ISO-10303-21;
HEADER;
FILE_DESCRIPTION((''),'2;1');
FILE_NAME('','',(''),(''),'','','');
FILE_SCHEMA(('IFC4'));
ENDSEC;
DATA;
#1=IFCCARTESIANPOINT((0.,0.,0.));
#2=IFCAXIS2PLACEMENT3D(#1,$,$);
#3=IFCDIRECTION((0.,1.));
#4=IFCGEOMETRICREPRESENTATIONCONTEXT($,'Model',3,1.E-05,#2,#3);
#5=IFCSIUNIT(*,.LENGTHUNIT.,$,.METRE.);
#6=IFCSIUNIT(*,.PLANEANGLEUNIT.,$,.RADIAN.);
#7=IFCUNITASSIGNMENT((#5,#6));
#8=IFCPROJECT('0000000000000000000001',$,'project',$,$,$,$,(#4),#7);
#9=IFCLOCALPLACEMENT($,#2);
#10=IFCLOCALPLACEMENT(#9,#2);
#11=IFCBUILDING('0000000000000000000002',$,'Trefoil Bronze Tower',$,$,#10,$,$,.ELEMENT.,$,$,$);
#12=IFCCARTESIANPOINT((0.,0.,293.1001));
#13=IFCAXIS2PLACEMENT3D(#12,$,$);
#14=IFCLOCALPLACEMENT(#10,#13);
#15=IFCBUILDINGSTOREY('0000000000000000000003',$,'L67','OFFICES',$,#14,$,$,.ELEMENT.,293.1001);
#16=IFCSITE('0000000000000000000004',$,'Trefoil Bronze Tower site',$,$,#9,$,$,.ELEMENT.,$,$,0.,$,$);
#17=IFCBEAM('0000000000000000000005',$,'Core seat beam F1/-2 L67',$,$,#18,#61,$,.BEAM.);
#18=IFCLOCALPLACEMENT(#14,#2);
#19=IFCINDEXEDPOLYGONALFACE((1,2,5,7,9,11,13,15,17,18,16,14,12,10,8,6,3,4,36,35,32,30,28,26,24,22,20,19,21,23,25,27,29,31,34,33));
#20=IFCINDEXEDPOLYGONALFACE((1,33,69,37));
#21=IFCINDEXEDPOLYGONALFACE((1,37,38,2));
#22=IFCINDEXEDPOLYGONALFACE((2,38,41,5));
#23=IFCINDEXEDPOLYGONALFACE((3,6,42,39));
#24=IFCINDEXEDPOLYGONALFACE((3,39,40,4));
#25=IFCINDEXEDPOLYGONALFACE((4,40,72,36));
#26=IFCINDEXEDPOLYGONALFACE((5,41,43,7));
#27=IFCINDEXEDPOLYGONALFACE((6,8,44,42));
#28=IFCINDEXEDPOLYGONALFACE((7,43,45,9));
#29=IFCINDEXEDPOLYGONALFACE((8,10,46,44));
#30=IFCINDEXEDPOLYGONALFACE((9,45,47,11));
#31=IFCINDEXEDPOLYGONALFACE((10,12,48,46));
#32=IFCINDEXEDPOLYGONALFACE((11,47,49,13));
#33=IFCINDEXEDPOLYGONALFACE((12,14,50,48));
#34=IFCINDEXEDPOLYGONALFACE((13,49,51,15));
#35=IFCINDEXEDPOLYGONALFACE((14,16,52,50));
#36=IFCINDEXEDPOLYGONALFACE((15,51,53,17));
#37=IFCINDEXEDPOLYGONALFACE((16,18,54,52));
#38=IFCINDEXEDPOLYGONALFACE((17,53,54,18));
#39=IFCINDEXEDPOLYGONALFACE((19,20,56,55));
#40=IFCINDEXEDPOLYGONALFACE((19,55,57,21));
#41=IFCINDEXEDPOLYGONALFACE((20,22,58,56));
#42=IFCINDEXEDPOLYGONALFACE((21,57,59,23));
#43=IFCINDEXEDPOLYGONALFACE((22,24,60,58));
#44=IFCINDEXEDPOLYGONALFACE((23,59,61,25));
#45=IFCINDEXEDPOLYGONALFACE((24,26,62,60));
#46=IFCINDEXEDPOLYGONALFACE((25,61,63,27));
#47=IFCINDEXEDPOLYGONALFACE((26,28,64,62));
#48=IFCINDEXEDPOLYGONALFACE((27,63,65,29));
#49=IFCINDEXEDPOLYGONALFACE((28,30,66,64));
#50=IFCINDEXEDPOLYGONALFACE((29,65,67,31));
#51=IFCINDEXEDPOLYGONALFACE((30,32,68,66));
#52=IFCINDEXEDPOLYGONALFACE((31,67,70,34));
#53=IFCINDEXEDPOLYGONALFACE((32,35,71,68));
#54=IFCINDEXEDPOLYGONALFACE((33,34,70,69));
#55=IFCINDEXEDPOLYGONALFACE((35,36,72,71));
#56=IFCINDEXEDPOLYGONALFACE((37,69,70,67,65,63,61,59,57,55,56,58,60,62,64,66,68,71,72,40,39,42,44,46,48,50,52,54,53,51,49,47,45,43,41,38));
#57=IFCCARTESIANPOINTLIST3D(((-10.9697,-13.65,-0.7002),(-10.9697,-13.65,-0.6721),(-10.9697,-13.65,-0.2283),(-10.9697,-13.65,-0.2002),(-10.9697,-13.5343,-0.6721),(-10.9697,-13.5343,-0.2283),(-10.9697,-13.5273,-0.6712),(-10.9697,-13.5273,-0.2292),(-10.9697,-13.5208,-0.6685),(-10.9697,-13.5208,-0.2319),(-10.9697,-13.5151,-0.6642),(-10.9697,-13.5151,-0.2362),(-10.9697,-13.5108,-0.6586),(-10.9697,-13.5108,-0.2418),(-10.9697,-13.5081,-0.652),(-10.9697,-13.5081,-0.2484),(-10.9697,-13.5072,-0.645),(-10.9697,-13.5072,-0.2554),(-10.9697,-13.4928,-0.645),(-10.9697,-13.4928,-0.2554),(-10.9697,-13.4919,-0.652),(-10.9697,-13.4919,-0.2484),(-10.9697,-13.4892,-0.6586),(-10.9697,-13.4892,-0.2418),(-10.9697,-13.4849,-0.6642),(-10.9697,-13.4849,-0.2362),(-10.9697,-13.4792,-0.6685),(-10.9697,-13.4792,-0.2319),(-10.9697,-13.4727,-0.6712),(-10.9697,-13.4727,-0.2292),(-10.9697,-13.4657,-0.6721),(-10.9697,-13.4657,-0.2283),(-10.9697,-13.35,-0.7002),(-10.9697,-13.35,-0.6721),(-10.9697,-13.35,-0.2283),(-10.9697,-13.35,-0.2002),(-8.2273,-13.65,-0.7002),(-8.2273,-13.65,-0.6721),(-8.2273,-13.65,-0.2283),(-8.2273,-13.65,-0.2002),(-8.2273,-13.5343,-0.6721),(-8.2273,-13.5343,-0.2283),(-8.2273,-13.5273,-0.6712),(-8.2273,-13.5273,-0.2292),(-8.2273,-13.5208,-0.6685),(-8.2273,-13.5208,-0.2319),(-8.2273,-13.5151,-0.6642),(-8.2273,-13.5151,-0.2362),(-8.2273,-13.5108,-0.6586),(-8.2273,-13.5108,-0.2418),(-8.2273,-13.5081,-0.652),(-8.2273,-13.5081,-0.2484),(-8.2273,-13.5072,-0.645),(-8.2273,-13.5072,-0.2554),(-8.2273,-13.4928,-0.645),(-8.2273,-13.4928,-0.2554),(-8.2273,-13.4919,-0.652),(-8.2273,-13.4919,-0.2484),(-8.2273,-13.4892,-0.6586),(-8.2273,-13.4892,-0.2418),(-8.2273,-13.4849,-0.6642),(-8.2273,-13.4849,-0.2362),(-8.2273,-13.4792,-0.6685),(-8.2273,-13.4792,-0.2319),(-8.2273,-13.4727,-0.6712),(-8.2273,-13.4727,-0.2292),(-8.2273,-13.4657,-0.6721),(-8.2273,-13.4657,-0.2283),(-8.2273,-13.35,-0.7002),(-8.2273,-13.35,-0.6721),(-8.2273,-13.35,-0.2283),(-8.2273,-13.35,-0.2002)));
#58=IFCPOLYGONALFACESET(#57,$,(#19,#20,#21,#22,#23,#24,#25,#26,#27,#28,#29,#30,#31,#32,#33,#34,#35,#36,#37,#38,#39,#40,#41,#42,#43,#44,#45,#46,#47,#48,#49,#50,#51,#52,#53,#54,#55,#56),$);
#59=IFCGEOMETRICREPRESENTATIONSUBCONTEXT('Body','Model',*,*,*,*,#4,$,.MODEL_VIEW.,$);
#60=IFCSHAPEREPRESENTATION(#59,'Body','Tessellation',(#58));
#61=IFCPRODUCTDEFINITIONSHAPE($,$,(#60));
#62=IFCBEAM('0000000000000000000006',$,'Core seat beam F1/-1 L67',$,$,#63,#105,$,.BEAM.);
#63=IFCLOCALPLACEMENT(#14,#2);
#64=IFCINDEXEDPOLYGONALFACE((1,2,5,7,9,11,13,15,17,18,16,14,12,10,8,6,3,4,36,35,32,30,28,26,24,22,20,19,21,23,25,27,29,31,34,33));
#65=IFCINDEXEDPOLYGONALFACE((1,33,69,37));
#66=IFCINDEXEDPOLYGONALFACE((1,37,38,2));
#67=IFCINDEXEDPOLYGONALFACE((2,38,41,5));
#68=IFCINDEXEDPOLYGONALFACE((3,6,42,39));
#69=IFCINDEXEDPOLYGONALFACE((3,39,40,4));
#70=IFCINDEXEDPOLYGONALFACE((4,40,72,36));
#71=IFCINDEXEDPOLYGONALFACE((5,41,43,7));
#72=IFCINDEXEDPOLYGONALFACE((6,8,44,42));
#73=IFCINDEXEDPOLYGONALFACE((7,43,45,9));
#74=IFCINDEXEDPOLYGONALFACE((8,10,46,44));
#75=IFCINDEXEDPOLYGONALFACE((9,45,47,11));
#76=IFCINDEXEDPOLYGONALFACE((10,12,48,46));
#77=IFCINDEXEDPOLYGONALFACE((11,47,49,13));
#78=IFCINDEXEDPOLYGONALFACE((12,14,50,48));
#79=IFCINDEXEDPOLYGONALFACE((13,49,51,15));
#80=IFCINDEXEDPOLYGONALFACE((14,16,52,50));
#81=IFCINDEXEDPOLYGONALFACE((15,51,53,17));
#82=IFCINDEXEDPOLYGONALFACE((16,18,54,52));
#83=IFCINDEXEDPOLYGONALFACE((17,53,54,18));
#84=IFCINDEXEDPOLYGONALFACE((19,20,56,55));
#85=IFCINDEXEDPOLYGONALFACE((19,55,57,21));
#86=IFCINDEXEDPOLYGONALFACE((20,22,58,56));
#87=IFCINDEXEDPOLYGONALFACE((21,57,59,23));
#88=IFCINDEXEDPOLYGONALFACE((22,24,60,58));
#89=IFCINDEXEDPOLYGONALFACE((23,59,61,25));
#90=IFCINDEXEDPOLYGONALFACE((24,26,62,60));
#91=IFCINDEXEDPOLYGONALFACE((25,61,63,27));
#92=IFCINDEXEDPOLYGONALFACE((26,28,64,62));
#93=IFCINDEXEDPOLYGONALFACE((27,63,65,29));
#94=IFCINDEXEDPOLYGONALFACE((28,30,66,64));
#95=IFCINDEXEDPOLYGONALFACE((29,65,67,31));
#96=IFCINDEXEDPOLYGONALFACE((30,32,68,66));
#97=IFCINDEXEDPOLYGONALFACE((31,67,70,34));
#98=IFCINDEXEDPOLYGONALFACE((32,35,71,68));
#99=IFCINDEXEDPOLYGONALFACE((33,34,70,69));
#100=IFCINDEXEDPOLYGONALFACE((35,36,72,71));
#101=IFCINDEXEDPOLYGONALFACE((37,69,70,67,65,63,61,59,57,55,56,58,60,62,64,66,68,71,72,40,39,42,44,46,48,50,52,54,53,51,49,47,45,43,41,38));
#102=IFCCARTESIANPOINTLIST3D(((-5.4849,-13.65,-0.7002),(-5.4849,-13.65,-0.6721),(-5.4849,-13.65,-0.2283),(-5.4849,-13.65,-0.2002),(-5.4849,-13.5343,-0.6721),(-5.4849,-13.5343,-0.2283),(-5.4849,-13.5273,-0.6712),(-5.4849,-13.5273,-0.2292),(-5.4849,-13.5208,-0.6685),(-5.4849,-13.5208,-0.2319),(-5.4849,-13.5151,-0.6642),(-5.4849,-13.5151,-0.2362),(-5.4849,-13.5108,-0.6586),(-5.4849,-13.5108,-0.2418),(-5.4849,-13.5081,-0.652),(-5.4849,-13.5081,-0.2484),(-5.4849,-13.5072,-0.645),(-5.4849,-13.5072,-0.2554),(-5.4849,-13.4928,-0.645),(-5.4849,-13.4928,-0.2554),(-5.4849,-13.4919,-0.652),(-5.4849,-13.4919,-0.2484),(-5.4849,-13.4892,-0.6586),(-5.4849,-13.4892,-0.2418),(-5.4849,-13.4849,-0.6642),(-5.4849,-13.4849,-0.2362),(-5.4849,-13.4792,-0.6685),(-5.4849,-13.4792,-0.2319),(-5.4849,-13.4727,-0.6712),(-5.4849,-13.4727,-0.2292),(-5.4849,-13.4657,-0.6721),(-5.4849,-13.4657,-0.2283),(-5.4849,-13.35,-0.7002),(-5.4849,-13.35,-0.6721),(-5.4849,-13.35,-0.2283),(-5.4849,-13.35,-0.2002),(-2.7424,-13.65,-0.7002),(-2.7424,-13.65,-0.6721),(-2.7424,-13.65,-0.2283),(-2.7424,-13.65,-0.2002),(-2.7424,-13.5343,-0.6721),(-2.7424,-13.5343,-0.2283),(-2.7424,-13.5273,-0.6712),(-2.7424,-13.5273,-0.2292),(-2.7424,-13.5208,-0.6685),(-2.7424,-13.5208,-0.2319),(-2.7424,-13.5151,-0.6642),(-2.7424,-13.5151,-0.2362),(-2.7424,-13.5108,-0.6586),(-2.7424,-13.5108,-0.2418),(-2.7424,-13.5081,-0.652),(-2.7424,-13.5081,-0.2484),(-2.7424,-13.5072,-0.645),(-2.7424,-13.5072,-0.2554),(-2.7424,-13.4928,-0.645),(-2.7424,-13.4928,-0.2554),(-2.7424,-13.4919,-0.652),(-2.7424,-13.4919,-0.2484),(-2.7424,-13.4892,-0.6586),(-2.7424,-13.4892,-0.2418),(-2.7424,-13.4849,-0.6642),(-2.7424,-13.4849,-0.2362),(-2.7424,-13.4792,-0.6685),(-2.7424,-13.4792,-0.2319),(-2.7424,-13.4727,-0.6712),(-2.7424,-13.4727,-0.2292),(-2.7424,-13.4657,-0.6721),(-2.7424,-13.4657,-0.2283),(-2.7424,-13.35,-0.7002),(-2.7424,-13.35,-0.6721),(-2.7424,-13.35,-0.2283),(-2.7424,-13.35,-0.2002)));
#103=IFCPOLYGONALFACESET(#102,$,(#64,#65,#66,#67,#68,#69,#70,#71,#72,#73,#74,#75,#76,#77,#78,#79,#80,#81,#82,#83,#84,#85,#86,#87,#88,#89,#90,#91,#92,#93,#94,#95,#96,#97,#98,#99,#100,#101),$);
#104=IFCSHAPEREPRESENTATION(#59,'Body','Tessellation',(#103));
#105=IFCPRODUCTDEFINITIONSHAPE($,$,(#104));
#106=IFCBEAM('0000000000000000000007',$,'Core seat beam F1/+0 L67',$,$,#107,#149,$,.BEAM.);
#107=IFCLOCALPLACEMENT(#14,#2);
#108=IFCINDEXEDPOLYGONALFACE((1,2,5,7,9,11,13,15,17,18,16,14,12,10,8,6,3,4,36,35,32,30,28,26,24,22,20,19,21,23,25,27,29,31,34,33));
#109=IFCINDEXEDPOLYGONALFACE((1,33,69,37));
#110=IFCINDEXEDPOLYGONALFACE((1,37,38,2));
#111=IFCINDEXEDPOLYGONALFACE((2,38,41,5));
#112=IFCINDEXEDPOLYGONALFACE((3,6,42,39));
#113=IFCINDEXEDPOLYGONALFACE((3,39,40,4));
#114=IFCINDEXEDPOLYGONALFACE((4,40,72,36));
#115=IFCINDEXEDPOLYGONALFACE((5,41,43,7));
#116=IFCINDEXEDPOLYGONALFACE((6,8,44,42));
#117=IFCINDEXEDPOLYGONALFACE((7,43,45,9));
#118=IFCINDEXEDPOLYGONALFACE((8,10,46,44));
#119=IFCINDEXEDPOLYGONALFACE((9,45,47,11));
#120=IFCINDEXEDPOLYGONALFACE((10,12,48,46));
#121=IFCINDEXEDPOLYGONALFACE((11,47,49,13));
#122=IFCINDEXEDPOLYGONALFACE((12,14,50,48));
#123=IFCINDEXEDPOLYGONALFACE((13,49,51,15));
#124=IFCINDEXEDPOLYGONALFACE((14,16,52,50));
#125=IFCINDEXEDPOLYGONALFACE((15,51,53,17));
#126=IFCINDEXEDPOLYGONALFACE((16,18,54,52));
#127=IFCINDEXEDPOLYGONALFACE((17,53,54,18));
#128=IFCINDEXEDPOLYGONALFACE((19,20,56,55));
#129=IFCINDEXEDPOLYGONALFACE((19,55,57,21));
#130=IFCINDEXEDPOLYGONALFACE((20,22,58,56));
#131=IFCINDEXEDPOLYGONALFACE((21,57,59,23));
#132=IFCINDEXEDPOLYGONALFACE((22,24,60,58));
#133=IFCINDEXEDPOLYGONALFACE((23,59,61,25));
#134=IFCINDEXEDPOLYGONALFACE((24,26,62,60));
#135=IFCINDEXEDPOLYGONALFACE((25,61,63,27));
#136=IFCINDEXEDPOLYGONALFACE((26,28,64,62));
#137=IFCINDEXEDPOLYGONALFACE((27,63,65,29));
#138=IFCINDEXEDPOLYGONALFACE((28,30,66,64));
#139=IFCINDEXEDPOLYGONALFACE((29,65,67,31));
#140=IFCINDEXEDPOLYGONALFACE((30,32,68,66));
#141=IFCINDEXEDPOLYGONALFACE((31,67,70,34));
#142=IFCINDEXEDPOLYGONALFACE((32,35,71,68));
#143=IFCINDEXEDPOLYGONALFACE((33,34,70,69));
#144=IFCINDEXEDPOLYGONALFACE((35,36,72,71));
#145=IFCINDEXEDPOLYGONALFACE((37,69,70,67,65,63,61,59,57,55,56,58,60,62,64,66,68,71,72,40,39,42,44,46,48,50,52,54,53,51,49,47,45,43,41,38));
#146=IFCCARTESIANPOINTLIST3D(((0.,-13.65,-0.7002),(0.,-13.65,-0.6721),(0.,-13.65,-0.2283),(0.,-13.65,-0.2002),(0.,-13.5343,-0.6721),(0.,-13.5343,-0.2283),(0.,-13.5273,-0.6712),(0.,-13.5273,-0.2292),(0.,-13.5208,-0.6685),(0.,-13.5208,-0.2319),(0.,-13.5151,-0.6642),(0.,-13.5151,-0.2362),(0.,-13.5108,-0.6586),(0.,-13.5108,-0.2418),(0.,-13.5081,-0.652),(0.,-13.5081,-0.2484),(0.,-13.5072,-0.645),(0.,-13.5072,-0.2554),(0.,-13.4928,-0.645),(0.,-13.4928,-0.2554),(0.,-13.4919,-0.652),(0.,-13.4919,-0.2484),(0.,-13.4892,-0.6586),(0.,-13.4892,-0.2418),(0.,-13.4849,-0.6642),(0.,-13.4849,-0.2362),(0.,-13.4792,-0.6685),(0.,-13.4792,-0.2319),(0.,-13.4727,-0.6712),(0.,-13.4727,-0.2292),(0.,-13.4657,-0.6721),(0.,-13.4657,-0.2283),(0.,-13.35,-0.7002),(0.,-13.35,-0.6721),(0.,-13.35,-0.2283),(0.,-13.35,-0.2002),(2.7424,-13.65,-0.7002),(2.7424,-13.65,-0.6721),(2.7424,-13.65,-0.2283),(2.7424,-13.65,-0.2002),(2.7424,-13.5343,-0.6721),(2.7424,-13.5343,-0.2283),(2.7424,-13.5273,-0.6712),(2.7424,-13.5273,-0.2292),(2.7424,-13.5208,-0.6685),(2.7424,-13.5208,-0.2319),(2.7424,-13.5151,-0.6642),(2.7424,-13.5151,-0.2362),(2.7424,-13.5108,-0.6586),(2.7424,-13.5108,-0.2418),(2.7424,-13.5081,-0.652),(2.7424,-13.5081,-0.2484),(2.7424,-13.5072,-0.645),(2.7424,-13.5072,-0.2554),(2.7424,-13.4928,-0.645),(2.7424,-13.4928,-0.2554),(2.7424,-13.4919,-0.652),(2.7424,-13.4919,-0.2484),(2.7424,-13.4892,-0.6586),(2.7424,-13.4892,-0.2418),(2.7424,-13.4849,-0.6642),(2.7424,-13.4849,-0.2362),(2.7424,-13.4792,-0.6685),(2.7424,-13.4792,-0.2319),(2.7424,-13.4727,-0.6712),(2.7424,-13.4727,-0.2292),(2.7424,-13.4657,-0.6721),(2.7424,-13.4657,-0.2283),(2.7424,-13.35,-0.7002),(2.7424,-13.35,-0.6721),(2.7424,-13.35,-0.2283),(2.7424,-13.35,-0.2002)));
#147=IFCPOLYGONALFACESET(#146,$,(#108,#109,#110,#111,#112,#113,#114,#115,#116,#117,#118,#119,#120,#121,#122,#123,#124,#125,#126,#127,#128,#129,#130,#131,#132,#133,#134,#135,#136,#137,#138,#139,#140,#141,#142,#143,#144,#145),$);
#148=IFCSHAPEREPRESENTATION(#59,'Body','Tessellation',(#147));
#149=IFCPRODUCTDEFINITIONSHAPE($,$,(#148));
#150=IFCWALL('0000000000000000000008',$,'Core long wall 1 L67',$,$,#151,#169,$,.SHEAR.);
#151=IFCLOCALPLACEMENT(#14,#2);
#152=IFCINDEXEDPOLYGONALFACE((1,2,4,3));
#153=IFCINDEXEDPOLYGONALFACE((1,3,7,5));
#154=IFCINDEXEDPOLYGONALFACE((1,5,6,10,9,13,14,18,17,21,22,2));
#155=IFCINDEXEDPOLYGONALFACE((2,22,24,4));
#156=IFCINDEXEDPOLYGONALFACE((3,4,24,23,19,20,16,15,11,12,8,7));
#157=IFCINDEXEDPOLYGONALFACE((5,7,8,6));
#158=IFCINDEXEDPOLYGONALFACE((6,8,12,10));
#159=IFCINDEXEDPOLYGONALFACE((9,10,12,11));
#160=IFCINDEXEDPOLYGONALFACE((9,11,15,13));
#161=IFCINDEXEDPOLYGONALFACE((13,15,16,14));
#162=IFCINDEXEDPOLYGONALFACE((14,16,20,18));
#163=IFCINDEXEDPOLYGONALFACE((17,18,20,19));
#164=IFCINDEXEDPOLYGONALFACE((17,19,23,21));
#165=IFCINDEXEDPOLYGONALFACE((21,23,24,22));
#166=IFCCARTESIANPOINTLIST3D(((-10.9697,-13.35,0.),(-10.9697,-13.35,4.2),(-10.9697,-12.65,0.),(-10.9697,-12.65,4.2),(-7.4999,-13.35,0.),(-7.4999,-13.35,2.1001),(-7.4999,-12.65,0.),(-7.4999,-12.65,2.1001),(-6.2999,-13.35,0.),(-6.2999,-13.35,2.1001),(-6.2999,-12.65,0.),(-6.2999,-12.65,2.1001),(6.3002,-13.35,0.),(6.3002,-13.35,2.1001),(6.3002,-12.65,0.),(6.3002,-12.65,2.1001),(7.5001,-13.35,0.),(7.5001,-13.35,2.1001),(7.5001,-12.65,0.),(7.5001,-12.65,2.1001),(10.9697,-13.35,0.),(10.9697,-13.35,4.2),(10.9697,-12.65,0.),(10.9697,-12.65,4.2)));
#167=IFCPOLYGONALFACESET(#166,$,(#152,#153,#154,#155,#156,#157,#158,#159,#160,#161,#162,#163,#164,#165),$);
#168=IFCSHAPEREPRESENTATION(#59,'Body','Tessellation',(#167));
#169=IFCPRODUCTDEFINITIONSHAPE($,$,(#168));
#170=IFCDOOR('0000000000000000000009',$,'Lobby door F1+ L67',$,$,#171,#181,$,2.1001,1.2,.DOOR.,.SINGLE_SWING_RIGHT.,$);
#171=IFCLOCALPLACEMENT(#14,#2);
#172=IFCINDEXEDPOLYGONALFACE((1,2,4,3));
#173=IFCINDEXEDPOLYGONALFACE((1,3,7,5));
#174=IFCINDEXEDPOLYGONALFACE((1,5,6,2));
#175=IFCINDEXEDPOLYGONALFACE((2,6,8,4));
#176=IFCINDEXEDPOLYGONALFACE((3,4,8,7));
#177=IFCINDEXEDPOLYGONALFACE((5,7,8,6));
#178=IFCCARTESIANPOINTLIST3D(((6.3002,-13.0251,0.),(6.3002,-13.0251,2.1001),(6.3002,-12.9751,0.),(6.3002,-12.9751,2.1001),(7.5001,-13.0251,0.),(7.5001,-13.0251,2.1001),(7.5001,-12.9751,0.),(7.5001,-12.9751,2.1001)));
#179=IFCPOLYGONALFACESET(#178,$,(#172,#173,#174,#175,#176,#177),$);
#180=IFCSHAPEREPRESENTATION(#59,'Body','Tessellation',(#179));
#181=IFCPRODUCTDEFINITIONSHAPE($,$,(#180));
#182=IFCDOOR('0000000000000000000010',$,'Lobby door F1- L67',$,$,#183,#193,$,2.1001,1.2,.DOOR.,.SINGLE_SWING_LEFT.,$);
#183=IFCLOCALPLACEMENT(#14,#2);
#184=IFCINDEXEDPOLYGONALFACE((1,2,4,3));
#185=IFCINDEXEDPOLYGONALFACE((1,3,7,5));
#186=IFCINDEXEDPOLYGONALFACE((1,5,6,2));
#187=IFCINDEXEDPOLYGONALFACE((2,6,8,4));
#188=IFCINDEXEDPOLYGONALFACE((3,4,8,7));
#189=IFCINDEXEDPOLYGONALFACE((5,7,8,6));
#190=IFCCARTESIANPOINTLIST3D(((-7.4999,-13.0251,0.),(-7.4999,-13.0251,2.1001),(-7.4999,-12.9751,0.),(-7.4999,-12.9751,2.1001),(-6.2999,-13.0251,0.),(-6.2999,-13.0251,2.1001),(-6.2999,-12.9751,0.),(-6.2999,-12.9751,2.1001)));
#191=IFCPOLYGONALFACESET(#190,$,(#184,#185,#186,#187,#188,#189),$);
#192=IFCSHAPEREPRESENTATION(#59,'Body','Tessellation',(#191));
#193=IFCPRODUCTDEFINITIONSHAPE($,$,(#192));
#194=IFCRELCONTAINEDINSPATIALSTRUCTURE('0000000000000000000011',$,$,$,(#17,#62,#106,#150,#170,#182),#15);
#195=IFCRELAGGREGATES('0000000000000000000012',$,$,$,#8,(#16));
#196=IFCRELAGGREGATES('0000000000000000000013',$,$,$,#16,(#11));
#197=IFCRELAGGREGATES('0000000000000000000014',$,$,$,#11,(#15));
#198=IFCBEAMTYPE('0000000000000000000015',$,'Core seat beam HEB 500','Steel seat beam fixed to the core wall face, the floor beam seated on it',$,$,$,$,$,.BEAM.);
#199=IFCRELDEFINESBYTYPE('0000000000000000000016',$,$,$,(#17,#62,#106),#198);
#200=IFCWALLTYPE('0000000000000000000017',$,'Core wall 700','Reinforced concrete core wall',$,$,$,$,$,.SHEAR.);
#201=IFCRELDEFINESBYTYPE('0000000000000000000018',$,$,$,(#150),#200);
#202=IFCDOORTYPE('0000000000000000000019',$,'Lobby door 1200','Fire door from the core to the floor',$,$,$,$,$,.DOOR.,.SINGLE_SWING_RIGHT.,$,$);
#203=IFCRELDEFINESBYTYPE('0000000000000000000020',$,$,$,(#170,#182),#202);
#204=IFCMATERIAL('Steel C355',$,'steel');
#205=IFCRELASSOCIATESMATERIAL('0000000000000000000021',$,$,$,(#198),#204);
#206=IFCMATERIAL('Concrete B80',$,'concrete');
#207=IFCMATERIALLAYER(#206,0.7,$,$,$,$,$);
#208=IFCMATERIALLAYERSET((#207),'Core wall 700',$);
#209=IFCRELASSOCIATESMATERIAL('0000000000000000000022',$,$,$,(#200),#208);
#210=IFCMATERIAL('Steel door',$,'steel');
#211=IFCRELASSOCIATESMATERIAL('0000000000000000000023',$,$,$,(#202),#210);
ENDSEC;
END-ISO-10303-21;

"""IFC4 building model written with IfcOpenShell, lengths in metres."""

from ifc_helpers import new_model, si_unit, direction, frame, frame_2d, origin, origin_2d, place, context, subcontext, project, spatial, rectangle, i_section, extrude, material, layer, layer_set, material_profile, profile_set, type_object, element, fill, save


model = new_model("IFC4")

# Units and contexts
model_context = context("Model", 3, precision=1e-05, world=origin(), true_north=direction((0.0, 1.0)))
body_context = subcontext(model_context, "Body", "Model", "MODEL_VIEW")
ifc_project = project(units=[si_unit("LENGTHUNIT", "METRE"), si_unit("PLANEANGLEUNIT", "RADIAN")], contexts=[model_context])

# Site, building, storey
site_placement = place(None, origin())
site = spatial("IfcSite", under=ifc_project, at=site_placement, Name="Trefoil Bronze Tower site", CompositionType="ELEMENT", RefElevation=0.0)
building_placement = place(site_placement, origin())
building = spatial("IfcBuilding", under=site, at=building_placement, Name="Trefoil Bronze Tower", CompositionType="ELEMENT")
storey_placement = place(building_placement, frame((0.0, 0.0, 293.1001)))
storey = spatial("IfcBuildingStorey", under=building, at=storey_placement, Name="L67", Description="OFFICES", CompositionType="ELEMENT", Elevation=293.1001)

# Beams
ifc_material_1 = material(Name="Steel C355", Category="steel")
ifc_material_profile = material_profile(ifc_material_1, i_section(OverallWidth=0.3, OverallDepth=0.5, WebThickness=0.0144, FlangeThickness=0.0281, FilletRadius=0.0271, at=origin_2d()), Name="HEB 500")
ifc_profile_set = profile_set([ifc_material_profile], Name="Steel C355")
beam_type = type_object("IfcBeamType", Name="Core seat beam HEB 500", Description="Steel seat beam fixed to the core wall face, the floor beam seated on it", PredefinedType="BEAM", material=ifc_profile_set)
for number, where, z_axis, x_axis, name in (
    (1, (-10.9697, -13.5, -0.4502), (1.0, 0.0, 0.0), (0.0, 1.0, 0.0), "Core seat beam F1/-2 L67"),
    (2, (-5.4849, -13.5, -0.4502), (1.0, 0.0, 0.0), (0.0, 1.0, 0.0), "Core seat beam F1/-1 L67"),
    (3, (0.0, -13.5, -0.4502), (1.0, 0.0, 0.0), (0.0, 1.0, 0.0), "Core seat beam F1/+0 L67"),
):
    element("IfcBeam", number, at=place(storey_placement, frame(where, z_axis=z_axis, x_axis=x_axis)), inside=storey, type_object=beam_type, Name=name, PredefinedType="BEAM", context=body_context, shape_type="SweptSolid", body=[
        extrude(i_section(OverallWidth=0.3, OverallDepth=0.5, WebThickness=0.0144, FlangeThickness=0.0281, FilletRadius=0.0271, at=origin_2d()), origin(), (0.0, 0.0, 1.0), 2.7424),
    ])

# Wall, openings, doors
ifc_material_2 = material(Name="Concrete B80", Category="concrete")
ifc_layer_1 = layer(ifc_material_2, 0.7)
ifc_layer_set_1 = layer_set([ifc_layer_1], Name="Core wall 700")
wall_type_1 = type_object("IfcWallType", Name="Core wall 700", Description="Reinforced concrete core wall", PredefinedType="SHEAR", material=ifc_layer_set_1)
wall_1_placement = place(storey_placement, frame((-10.9697, -13.0, 0.0), z_axis=(0.0, 0.0, 1.0), x_axis=(1.0, 0.0, 0.0)))
wall_1 = element("IfcWall", 4, at=wall_1_placement, inside=storey, type_object=wall_type_1, Name="Core long wall 1 L67", PredefinedType="SHEAR", context=body_context, shape_type="SweptSolid", body=[
    extrude(rectangle(XDim=21.9395, YDim=0.7, at=frame_2d((10.9697, 0.0))), origin(), (0.0, 0.0, 1.0), 4.2),
])
opening_1_placement = place(wall_1_placement, frame((17.2698, 0.0, 0.0)))
opening_1 = element("IfcOpeningElement", 5, at=opening_1_placement, cuts=wall_1, PredefinedType="OPENING", context=body_context, shape_type="SweptSolid", body=[
    extrude(rectangle(XDim=1.2, YDim=2.1001, at=frame_2d((0.6001, 1.05))), frame((0.0, 0.3599, 0.0), z_axis=(0.0, -1.0, 0.0), x_axis=(1.0, 0.0, 0.0)), (0.0, 0.0, 1.0), 0.72),
])
opening_2_placement = place(wall_1_placement, frame((3.4697, 0.0, 0.0)))
opening_2 = element("IfcOpeningElement", 6, at=opening_2_placement, cuts=wall_1, PredefinedType="OPENING", context=body_context, shape_type="SweptSolid", body=[
    extrude(rectangle(XDim=1.2, YDim=2.1001, at=frame_2d((0.6001, 1.05))), frame((0.0, 0.3599, 0.0), z_axis=(0.0, -1.0, 0.0), x_axis=(1.0, 0.0, 0.0)), (0.0, 0.0, 1.0), 0.72),
])
ifc_material_3 = material(Name="Steel door", Category="steel")
door_type_1 = type_object("IfcDoorType", Name="Lobby door 1200", Description="Fire door from the core to the floor", OperationType="SINGLE_SWING_RIGHT", PredefinedType="DOOR", material=ifc_material_3)
door_1_placement = place(opening_1_placement, origin())
door_1 = element("IfcDoor", 7, at=door_1_placement, inside=storey, type_object=door_type_1, Name="Lobby door F1+ L67", OperationType="SINGLE_SWING_RIGHT", OverallHeight=2.1001, OverallWidth=1.2, PredefinedType="DOOR", context=body_context, shape_type="SweptSolid", body=[
    extrude(rectangle(XDim=1.2, YDim=2.1001, at=frame_2d((0.6001, 1.05))), frame((0.0, 0.0249, 0.0), z_axis=(0.0, -1.0, 0.0), x_axis=(1.0, 0.0, 0.0)), (0.0, 0.0, 1.0), 0.05),
])
fill(opening_1, door_1)
door_2_placement = place(opening_2_placement, origin())
door_2 = element("IfcDoor", 8, at=door_2_placement, inside=storey, type_object=door_type_1, Name="Lobby door F1- L67", OperationType="SINGLE_SWING_LEFT", OverallHeight=2.1001, OverallWidth=1.2, PredefinedType="DOOR", context=body_context, shape_type="SweptSolid", body=[
    extrude(rectangle(XDim=1.2, YDim=2.1001, at=frame_2d((0.6001, 1.05))), frame((0.0, 0.0249, 0.0), z_axis=(0.0, -1.0, 0.0), x_axis=(1.0, 0.0, 0.0)), (0.0, 0.0, 1.0), 0.05),
])
fill(opening_2, door_2)

save(model, "model.ifc")
